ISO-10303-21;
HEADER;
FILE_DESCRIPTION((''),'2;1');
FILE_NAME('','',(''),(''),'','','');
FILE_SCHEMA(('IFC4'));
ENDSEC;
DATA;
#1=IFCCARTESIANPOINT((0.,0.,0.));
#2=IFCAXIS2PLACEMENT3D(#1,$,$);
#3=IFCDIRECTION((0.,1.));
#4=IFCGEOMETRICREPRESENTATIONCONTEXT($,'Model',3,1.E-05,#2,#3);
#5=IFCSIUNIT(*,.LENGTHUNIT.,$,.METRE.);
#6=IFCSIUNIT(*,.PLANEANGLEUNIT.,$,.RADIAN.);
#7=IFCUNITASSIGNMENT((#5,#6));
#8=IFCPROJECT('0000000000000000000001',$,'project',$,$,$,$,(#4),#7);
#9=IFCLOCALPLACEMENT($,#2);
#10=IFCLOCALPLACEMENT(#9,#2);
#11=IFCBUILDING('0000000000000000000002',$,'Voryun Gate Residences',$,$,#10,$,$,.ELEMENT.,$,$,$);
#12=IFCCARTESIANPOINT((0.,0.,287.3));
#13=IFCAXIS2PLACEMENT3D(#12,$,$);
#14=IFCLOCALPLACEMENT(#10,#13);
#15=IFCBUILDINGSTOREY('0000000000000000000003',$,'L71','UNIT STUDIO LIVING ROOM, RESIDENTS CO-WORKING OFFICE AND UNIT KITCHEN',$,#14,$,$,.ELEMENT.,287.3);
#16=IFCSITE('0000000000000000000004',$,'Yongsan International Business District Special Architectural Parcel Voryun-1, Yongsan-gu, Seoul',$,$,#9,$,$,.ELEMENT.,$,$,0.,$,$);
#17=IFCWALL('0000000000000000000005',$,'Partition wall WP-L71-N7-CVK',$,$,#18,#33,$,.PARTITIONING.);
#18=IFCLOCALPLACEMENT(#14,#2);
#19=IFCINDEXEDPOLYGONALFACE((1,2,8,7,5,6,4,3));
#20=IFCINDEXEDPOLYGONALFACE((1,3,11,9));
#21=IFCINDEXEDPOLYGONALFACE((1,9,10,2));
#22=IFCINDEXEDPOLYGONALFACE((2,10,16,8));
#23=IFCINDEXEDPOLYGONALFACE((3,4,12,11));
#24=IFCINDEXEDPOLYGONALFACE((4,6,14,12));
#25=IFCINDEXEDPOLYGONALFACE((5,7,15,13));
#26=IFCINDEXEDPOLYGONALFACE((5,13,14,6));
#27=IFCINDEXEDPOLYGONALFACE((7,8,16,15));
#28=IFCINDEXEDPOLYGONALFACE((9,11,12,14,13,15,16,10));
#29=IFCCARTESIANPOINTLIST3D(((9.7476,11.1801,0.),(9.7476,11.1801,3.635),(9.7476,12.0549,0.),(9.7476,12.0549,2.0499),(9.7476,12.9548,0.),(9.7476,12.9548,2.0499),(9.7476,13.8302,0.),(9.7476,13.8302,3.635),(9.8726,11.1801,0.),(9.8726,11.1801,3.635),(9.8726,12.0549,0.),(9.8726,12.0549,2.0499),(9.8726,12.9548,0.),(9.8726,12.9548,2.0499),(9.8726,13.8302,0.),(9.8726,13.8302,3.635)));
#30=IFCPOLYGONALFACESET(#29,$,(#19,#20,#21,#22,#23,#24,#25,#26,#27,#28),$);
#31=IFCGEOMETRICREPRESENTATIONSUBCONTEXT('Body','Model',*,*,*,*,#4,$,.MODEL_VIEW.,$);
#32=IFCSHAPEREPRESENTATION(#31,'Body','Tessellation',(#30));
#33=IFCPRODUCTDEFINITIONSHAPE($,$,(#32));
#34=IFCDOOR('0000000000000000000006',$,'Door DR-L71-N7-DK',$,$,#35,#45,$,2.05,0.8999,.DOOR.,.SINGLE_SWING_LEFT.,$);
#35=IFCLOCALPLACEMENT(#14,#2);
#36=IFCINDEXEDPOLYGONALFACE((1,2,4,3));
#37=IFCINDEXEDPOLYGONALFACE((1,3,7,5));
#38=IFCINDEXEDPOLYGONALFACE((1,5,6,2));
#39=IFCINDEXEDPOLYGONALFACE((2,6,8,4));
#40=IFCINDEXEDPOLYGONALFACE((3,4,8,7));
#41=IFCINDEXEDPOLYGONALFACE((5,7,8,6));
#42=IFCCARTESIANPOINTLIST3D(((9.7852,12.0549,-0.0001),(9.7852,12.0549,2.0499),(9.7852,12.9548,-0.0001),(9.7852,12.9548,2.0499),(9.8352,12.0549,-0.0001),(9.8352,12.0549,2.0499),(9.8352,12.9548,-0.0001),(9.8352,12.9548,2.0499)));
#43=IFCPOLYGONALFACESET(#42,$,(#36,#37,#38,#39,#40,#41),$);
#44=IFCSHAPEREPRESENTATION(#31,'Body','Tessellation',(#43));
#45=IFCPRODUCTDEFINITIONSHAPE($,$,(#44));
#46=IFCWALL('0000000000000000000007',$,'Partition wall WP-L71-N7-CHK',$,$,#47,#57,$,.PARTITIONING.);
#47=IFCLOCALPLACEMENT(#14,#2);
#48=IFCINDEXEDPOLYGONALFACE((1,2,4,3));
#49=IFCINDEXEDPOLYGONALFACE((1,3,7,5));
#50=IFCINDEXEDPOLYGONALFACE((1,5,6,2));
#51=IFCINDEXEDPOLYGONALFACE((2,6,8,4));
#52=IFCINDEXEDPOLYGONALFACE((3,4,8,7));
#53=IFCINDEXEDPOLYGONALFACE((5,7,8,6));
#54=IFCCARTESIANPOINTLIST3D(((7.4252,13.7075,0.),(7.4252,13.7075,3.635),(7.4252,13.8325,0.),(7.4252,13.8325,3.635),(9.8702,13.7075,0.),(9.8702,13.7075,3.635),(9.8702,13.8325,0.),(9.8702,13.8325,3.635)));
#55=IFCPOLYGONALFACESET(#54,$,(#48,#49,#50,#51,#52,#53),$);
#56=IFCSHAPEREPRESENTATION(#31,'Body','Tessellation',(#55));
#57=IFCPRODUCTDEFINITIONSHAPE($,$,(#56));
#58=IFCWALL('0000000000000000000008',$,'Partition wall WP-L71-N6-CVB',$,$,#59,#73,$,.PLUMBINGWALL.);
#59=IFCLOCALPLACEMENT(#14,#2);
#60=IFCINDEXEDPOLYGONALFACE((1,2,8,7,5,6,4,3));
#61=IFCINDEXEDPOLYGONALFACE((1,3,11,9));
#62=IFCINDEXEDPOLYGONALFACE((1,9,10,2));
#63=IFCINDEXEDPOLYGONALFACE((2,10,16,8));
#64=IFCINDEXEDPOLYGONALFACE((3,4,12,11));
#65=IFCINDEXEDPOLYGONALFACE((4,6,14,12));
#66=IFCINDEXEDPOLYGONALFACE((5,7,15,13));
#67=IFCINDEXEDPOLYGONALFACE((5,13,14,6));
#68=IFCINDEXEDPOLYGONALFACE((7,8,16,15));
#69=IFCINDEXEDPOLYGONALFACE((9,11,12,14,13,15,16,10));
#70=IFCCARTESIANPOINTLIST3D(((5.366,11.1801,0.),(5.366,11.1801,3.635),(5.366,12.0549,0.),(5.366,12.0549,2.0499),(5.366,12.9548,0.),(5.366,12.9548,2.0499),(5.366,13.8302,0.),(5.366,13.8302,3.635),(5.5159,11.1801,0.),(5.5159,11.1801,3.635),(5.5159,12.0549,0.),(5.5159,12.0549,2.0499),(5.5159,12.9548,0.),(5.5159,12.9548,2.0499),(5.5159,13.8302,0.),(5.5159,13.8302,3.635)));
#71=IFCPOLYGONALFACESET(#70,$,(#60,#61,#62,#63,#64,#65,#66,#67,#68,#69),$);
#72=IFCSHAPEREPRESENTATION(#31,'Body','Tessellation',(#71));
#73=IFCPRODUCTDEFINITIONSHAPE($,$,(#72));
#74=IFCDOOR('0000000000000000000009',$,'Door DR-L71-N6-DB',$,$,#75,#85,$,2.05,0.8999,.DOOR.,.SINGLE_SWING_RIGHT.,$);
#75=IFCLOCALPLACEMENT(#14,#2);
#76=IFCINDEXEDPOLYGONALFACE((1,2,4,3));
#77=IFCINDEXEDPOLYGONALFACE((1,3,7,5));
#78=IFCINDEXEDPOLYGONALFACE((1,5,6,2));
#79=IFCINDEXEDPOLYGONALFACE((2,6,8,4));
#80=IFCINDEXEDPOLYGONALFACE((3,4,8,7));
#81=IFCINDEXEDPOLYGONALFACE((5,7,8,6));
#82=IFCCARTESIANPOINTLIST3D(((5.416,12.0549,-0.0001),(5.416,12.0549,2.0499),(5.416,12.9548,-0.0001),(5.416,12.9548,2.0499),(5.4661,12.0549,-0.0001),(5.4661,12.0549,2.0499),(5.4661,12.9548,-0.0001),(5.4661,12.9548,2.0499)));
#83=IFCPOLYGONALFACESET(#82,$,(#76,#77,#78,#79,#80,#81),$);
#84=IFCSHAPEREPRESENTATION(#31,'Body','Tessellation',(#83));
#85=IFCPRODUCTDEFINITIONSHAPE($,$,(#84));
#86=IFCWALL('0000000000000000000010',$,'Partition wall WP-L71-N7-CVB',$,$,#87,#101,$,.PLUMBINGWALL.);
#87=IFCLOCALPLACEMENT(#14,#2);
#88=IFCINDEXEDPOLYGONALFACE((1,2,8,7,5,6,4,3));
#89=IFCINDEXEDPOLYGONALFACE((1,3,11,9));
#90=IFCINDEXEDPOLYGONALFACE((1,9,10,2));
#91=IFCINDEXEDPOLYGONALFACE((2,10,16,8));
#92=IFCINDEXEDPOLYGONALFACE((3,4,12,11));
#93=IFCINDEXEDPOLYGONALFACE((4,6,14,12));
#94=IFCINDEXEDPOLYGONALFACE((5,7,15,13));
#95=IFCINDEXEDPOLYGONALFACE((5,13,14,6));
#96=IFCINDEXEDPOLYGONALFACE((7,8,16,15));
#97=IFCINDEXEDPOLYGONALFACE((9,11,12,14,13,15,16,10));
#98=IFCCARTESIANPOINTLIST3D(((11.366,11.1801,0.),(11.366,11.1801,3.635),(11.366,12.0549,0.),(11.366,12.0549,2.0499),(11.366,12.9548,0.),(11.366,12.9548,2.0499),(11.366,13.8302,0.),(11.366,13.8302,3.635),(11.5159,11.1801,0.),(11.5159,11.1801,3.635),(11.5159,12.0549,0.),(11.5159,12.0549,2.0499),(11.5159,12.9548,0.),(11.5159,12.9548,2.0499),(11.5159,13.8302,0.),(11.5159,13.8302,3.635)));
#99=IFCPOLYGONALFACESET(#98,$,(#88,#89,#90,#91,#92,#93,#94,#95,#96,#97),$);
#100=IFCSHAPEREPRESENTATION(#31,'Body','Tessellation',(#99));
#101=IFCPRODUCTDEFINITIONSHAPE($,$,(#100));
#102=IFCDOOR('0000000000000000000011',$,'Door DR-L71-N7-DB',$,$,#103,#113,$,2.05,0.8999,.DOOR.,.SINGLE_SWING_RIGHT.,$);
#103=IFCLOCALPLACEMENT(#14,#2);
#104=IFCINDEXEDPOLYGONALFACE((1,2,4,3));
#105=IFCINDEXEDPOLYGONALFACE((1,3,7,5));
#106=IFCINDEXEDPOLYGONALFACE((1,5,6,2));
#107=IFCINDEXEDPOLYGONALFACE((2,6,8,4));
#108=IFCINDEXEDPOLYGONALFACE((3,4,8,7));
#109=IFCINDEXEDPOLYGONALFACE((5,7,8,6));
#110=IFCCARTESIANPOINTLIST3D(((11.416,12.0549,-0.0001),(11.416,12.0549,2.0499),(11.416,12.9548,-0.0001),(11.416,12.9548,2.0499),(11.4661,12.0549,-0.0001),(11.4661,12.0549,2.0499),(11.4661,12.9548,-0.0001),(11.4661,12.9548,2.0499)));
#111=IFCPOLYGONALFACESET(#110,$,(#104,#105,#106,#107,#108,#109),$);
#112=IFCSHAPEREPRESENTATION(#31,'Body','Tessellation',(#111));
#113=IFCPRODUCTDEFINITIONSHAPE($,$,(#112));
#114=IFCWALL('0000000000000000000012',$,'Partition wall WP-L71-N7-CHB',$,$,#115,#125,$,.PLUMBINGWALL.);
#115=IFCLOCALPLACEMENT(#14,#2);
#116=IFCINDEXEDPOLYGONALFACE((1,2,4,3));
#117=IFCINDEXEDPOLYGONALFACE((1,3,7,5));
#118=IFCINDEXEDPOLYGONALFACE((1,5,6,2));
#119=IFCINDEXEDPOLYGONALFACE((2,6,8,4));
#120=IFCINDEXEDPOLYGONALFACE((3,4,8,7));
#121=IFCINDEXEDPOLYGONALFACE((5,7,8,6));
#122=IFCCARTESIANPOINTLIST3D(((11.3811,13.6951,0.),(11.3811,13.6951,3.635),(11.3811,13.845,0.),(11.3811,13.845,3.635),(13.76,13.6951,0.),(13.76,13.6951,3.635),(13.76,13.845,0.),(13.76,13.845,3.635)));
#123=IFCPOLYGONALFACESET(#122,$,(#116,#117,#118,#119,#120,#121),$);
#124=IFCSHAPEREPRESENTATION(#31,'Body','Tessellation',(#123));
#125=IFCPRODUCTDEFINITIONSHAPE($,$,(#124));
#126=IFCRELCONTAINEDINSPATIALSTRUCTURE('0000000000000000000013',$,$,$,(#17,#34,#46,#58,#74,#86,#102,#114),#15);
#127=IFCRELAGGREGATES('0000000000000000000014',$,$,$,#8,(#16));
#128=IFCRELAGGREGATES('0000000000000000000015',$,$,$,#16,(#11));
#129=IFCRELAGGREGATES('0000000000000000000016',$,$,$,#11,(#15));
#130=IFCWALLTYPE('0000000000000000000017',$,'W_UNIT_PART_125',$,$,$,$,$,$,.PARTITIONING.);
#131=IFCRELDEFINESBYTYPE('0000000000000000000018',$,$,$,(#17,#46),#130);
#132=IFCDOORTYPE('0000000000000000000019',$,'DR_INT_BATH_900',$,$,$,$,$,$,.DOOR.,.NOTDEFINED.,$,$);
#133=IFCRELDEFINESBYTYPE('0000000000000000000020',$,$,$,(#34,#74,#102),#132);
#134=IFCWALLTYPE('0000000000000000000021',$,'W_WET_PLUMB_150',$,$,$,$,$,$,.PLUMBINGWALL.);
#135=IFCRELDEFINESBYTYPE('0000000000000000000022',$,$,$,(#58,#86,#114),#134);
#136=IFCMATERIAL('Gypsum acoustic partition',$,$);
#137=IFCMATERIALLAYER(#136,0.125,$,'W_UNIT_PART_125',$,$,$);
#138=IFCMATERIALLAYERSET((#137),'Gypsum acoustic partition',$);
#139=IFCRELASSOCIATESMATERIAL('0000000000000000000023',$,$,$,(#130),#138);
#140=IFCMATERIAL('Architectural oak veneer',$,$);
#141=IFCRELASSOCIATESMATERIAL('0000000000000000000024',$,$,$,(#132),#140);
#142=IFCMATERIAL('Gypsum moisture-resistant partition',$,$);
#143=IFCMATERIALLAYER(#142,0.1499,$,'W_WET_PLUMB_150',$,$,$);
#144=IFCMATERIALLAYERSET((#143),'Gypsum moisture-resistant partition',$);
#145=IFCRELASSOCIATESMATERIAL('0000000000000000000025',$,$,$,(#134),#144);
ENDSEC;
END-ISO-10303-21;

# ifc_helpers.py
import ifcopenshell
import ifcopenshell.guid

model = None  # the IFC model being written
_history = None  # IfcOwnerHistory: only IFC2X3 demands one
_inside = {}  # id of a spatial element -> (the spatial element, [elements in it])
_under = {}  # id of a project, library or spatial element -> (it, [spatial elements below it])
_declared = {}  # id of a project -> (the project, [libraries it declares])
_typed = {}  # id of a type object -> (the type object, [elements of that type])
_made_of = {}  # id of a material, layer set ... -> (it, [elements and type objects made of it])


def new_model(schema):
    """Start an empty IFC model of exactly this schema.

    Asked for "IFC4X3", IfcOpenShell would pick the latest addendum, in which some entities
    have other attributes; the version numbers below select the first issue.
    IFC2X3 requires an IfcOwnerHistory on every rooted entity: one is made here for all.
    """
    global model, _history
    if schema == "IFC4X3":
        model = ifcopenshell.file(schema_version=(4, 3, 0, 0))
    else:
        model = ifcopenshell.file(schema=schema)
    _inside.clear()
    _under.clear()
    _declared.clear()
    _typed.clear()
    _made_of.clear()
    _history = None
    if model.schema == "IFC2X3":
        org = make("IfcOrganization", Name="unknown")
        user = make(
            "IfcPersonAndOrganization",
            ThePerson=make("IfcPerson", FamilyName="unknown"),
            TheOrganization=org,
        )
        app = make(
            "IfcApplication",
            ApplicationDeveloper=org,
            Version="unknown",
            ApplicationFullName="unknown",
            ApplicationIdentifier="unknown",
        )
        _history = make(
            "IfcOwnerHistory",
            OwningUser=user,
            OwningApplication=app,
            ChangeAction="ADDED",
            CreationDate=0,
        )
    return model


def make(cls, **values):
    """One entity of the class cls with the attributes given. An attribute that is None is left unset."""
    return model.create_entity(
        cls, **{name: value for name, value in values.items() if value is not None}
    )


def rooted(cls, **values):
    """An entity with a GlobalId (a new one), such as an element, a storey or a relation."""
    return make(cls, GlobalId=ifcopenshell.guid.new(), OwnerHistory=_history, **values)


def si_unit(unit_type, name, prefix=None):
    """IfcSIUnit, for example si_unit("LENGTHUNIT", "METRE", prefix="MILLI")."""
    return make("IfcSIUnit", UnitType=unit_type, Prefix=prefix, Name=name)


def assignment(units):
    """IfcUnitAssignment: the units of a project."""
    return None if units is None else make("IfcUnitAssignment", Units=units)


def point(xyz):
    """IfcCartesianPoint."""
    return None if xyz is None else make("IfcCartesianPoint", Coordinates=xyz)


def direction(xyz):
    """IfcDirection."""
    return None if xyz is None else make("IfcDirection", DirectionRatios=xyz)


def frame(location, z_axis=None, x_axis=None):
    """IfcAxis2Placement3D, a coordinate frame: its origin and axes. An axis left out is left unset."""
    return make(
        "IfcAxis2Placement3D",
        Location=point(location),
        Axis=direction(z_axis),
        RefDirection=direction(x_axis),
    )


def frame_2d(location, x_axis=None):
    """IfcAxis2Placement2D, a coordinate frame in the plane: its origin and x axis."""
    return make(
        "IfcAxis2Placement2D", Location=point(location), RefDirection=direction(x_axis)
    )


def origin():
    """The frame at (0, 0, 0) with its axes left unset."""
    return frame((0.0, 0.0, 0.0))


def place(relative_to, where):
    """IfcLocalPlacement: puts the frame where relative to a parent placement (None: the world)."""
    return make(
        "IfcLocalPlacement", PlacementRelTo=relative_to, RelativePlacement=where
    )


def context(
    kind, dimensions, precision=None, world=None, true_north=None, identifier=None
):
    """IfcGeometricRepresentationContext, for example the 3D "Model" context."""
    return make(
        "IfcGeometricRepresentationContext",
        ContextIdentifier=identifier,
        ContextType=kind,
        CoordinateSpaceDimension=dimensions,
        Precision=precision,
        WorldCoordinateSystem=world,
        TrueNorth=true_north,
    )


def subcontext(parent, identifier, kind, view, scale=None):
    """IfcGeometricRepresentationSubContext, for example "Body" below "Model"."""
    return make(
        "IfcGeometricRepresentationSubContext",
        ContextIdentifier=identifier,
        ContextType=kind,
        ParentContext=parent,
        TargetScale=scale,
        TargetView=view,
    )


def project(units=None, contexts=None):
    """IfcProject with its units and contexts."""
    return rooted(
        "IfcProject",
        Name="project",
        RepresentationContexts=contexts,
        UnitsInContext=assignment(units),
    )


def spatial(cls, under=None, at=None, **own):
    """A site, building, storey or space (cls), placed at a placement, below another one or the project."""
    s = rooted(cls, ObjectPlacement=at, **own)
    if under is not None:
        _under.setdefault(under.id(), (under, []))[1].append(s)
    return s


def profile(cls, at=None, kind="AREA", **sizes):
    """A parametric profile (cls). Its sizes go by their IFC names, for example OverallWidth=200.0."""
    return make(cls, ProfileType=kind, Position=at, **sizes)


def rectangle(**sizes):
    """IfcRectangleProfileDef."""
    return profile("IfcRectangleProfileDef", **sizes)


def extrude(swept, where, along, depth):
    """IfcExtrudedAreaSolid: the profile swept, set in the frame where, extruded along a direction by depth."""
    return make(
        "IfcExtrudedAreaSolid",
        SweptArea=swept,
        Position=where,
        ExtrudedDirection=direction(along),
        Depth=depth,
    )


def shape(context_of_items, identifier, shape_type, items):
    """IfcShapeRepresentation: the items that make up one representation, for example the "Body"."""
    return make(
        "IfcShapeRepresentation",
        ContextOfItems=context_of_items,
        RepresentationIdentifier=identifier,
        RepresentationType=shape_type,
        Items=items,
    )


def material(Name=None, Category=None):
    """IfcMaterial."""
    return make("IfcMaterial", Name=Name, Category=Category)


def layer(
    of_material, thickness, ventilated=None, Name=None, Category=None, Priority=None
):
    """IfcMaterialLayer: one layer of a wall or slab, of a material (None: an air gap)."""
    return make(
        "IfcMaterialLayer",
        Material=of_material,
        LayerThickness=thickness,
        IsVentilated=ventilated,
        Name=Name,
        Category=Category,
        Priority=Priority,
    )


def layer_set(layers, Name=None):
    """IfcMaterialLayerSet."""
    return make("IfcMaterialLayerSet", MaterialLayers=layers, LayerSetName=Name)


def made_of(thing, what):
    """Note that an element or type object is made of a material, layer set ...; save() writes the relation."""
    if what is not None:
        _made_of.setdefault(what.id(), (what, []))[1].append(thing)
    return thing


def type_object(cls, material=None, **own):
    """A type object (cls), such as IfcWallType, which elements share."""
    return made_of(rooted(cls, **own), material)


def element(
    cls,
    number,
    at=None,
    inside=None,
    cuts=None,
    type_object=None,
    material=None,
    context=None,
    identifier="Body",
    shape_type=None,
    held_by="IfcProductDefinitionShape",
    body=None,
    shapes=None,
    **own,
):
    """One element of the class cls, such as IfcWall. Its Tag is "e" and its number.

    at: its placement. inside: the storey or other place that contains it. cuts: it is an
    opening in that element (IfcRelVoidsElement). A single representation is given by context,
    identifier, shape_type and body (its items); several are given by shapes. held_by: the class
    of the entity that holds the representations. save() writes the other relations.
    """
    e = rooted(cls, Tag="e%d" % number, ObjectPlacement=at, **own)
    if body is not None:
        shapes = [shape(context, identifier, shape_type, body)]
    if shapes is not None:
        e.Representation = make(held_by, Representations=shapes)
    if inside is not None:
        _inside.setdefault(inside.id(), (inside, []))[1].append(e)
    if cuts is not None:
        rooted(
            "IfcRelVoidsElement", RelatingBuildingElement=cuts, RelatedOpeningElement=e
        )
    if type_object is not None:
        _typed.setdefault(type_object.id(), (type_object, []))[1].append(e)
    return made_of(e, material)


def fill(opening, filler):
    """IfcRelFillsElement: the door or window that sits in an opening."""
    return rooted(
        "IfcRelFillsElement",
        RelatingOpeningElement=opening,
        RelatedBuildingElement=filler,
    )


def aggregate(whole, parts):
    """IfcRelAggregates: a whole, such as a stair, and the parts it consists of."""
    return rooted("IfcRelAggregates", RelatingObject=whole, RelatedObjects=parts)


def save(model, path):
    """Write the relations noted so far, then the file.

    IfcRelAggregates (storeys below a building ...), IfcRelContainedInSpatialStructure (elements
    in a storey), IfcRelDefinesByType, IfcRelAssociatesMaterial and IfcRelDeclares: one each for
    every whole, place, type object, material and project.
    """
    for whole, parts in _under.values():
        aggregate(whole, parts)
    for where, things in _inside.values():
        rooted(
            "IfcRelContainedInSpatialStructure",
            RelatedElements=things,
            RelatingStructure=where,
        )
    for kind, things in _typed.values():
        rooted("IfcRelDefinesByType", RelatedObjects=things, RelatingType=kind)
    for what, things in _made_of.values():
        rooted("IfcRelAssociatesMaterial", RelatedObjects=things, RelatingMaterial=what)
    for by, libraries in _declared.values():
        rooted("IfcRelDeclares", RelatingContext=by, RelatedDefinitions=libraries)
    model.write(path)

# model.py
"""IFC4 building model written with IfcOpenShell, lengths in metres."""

from ifc_helpers import new_model, si_unit, direction, frame, frame_2d, origin, place, context, subcontext, project, spatial, rectangle, extrude, material, layer, layer_set, type_object, element, fill, save


model = new_model("IFC4")

# Units and contexts
model_context = context("Model", 3, precision=1e-05, world=origin(), true_north=direction((0.0, 1.0)))
body_context = subcontext(model_context, "Body", "Model", "MODEL_VIEW")
ifc_project = project(units=[si_unit("LENGTHUNIT", "METRE"), si_unit("PLANEANGLEUNIT", "RADIAN")], contexts=[model_context])

# Site, building, storey
site_placement = place(None, origin())
site = spatial("IfcSite", under=ifc_project, at=site_placement, Name="Yongsan International Business District Special Architectural Parcel Voryun-1, Yongsan-gu, Seoul", CompositionType="ELEMENT", RefElevation=0.0)
building_placement = place(site_placement, origin())
building = spatial("IfcBuilding", under=site, at=building_placement, Name="Voryun Gate Residences", CompositionType="ELEMENT")
storey_placement = place(building_placement, frame((0.0, 0.0, 287.3)))
storey = spatial("IfcBuildingStorey", under=building, at=storey_placement, Name="L71", Description="UNIT STUDIO LIVING ROOM, RESIDENTS CO-WORKING OFFICE AND UNIT KITCHEN", CompositionType="ELEMENT", Elevation=287.3)

# Wall, opening, door
ifc_material_1 = material(Name="Gypsum acoustic partition")
ifc_layer_1 = layer(ifc_material_1, 0.125, Name="W_UNIT_PART_125")
ifc_layer_set_1 = layer_set([ifc_layer_1], Name="Gypsum acoustic partition")
wall_type_1 = type_object("IfcWallType", Name="W_UNIT_PART_125", PredefinedType="PARTITIONING", material=ifc_layer_set_1)
wall_1_placement = place(storey_placement, frame((9.8101, 11.1799, 0.0), z_axis=(0.0, 0.0, 1.0), x_axis=(0.0, 1.0, 0.0)))
wall_1 = element("IfcWall", 1, at=wall_1_placement, inside=storey, type_object=wall_type_1, Name="Partition wall WP-L71-N7-CVK", PredefinedType="PARTITIONING", context=body_context, shape_type="SweptSolid", body=[
    extrude(rectangle(XDim=2.6501, YDim=0.125, at=frame_2d((1.3252, 0.0))), origin(), (0.0, 0.0, 1.0), 3.635),
])
opening_1_placement = place(wall_1_placement, frame((0.875, 0.0, 0.0)))
opening_1 = element("IfcOpeningElement", 2, at=opening_1_placement, cuts=wall_1, PredefinedType="OPENING", context=body_context, shape_type="SweptSolid", body=[
    extrude(rectangle(XDim=0.8999, YDim=2.05, at=frame_2d((0.45, 1.0249))), frame((0.0, 0.0725, 0.0), z_axis=(0.0, -1.0, 0.0), x_axis=(1.0, 0.0, 0.0)), (0.0, 0.0, 1.0), 0.145),
])
ifc_material_2 = material(Name="Architectural oak veneer")
door_type_1 = type_object("IfcDoorType", Name="DR_INT_BATH_900", OperationType="NOTDEFINED", PredefinedType="DOOR", material=ifc_material_2)
door_1_placement = place(opening_1_placement, origin())
door_1 = element("IfcDoor", 3, at=door_1_placement, inside=storey, type_object=door_type_1, Name="Door DR-L71-N7-DK", OperationType="SINGLE_SWING_LEFT", OverallHeight=2.05, OverallWidth=0.8999, PredefinedType="DOOR", context=body_context, shape_type="SweptSolid", body=[
    extrude(rectangle(XDim=0.8999, YDim=2.05, at=frame_2d((0.45, 1.0249))), frame((0.0, 0.0249, 0.0), z_axis=(0.0, -1.0, 0.0), x_axis=(1.0, 0.0, 0.0)), (0.0, 0.0, 1.0), 0.05),
])
fill(opening_1, door_1)

# Wall
wall_2_placement = place(storey_placement, frame((7.425, 13.77, 0.0), z_axis=(0.0, 0.0, 1.0), x_axis=(1.0, 0.0, 0.0)))
element("IfcWall", 4, at=wall_2_placement, inside=storey, type_object=wall_type_1, Name="Partition wall WP-L71-N7-CHK", PredefinedType="PARTITIONING", context=body_context, shape_type="SweptSolid", body=[
    extrude(rectangle(XDim=2.4451, YDim=0.125, at=frame_2d((1.2227, 0.0))), origin(), (0.0, 0.0, 1.0), 3.635),
])

# Walls, openings, doors
ifc_material_3 = material(Name="Gypsum moisture-resistant partition")
ifc_layer_2 = layer(ifc_material_3, 0.1499, Name="W_WET_PLUMB_150")
ifc_layer_set_2 = layer_set([ifc_layer_2], Name="Gypsum moisture-resistant partition")
wall_type_2 = type_object("IfcWallType", Name="W_WET_PLUMB_150", PredefinedType="PLUMBINGWALL", material=ifc_layer_set_2)
wall_3_placement = place(storey_placement, frame((5.4409, 11.1799, 0.0), z_axis=(0.0, 0.0, 1.0), x_axis=(0.0, 1.0, 0.0)))
wall_3 = element("IfcWall", 5, at=wall_3_placement, inside=storey, type_object=wall_type_2, Name="Partition wall WP-L71-N6-CVB", PredefinedType="PLUMBINGWALL", context=body_context, shape_type="SweptSolid", body=[
    extrude(rectangle(XDim=2.6501, YDim=0.1499, at=frame_2d((1.3252, 0.0))), origin(), (0.0, 0.0, 1.0), 3.635),
])
opening_2_placement = place(wall_3_placement, frame((0.875, 0.0, 0.0)))
opening_2 = element("IfcOpeningElement", 6, at=opening_2_placement, cuts=wall_3, PredefinedType="OPENING", context=body_context, shape_type="SweptSolid", body=[
    extrude(rectangle(XDim=0.8999, YDim=2.05, at=frame_2d((0.45, 1.0249))), frame((0.0, 0.085, 0.0), z_axis=(0.0, -1.0, 0.0), x_axis=(1.0, 0.0, 0.0)), (0.0, 0.0, 1.0), 0.1699),
])
door_2_placement = place(opening_2_placement, origin())
door_2 = element("IfcDoor", 7, at=door_2_placement, inside=storey, type_object=door_type_1, Name="Door DR-L71-N6-DB", OperationType="SINGLE_SWING_RIGHT", OverallHeight=2.05, OverallWidth=0.8999, PredefinedType="DOOR", context=body_context, shape_type="SweptSolid", body=[
    extrude(rectangle(XDim=0.8999, YDim=2.05, at=frame_2d((0.45, 1.0249))), frame((0.0, 0.0249, 0.0), z_axis=(0.0, -1.0, 0.0), x_axis=(1.0, 0.0, 0.0)), (0.0, 0.0, 1.0), 0.05),
])
fill(opening_2, door_2)
wall_4_placement = place(storey_placement, frame((11.4409, 11.1799, 0.0), z_axis=(0.0, 0.0, 1.0), x_axis=(0.0, 1.0, 0.0)))
wall_4 = element("IfcWall", 8, at=wall_4_placement, inside=storey, type_object=wall_type_2, Name="Partition wall WP-L71-N7-CVB", PredefinedType="PLUMBINGWALL", context=body_context, shape_type="SweptSolid", body=[
    extrude(rectangle(XDim=2.6501, YDim=0.1499, at=frame_2d((1.3252, 0.0))), origin(), (0.0, 0.0, 1.0), 3.635),
])
opening_3_placement = place(wall_4_placement, frame((0.875, 0.0, 0.0)))
opening_3 = element("IfcOpeningElement", 9, at=opening_3_placement, cuts=wall_4, PredefinedType="OPENING", context=body_context, shape_type="SweptSolid", body=[
    extrude(rectangle(XDim=0.8999, YDim=2.05, at=frame_2d((0.45, 1.0249))), frame((0.0, 0.085, 0.0), z_axis=(0.0, -1.0, 0.0), x_axis=(1.0, 0.0, 0.0)), (0.0, 0.0, 1.0), 0.1699),
])
door_3_placement = place(opening_3_placement, origin())
door_3 = element("IfcDoor", 10, at=door_3_placement, inside=storey, type_object=door_type_1, Name="Door DR-L71-N7-DB", OperationType="SINGLE_SWING_RIGHT", OverallHeight=2.05, OverallWidth=0.8999, PredefinedType="DOOR", context=body_context, shape_type="SweptSolid", body=[
    extrude(rectangle(XDim=0.8999, YDim=2.05, at=frame_2d((0.45, 1.0249))), frame((0.0, 0.0249, 0.0), z_axis=(0.0, -1.0, 0.0), x_axis=(1.0, 0.0, 0.0)), (0.0, 0.0, 1.0), 0.05),
])
fill(opening_3, door_3)

# Wall
wall_5_placement = place(storey_placement, frame((11.3811, 13.77, 0.0), z_axis=(0.0, 0.0, 1.0), x_axis=(1.0, 0.0, 0.0)))
element("IfcWall", 11, at=wall_5_placement, inside=storey, type_object=wall_type_2, Name="Partition wall WP-L71-N7-CHB", PredefinedType="PLUMBINGWALL", context=body_context, shape_type="SweptSolid", body=[
    extrude(rectangle(XDim=2.3789, YDim=0.1499, at=frame_2d((1.1895, 0.0))), origin(), (0.0, 0.0, 1.0), 3.635),
])

save(model, "model.ifc")
